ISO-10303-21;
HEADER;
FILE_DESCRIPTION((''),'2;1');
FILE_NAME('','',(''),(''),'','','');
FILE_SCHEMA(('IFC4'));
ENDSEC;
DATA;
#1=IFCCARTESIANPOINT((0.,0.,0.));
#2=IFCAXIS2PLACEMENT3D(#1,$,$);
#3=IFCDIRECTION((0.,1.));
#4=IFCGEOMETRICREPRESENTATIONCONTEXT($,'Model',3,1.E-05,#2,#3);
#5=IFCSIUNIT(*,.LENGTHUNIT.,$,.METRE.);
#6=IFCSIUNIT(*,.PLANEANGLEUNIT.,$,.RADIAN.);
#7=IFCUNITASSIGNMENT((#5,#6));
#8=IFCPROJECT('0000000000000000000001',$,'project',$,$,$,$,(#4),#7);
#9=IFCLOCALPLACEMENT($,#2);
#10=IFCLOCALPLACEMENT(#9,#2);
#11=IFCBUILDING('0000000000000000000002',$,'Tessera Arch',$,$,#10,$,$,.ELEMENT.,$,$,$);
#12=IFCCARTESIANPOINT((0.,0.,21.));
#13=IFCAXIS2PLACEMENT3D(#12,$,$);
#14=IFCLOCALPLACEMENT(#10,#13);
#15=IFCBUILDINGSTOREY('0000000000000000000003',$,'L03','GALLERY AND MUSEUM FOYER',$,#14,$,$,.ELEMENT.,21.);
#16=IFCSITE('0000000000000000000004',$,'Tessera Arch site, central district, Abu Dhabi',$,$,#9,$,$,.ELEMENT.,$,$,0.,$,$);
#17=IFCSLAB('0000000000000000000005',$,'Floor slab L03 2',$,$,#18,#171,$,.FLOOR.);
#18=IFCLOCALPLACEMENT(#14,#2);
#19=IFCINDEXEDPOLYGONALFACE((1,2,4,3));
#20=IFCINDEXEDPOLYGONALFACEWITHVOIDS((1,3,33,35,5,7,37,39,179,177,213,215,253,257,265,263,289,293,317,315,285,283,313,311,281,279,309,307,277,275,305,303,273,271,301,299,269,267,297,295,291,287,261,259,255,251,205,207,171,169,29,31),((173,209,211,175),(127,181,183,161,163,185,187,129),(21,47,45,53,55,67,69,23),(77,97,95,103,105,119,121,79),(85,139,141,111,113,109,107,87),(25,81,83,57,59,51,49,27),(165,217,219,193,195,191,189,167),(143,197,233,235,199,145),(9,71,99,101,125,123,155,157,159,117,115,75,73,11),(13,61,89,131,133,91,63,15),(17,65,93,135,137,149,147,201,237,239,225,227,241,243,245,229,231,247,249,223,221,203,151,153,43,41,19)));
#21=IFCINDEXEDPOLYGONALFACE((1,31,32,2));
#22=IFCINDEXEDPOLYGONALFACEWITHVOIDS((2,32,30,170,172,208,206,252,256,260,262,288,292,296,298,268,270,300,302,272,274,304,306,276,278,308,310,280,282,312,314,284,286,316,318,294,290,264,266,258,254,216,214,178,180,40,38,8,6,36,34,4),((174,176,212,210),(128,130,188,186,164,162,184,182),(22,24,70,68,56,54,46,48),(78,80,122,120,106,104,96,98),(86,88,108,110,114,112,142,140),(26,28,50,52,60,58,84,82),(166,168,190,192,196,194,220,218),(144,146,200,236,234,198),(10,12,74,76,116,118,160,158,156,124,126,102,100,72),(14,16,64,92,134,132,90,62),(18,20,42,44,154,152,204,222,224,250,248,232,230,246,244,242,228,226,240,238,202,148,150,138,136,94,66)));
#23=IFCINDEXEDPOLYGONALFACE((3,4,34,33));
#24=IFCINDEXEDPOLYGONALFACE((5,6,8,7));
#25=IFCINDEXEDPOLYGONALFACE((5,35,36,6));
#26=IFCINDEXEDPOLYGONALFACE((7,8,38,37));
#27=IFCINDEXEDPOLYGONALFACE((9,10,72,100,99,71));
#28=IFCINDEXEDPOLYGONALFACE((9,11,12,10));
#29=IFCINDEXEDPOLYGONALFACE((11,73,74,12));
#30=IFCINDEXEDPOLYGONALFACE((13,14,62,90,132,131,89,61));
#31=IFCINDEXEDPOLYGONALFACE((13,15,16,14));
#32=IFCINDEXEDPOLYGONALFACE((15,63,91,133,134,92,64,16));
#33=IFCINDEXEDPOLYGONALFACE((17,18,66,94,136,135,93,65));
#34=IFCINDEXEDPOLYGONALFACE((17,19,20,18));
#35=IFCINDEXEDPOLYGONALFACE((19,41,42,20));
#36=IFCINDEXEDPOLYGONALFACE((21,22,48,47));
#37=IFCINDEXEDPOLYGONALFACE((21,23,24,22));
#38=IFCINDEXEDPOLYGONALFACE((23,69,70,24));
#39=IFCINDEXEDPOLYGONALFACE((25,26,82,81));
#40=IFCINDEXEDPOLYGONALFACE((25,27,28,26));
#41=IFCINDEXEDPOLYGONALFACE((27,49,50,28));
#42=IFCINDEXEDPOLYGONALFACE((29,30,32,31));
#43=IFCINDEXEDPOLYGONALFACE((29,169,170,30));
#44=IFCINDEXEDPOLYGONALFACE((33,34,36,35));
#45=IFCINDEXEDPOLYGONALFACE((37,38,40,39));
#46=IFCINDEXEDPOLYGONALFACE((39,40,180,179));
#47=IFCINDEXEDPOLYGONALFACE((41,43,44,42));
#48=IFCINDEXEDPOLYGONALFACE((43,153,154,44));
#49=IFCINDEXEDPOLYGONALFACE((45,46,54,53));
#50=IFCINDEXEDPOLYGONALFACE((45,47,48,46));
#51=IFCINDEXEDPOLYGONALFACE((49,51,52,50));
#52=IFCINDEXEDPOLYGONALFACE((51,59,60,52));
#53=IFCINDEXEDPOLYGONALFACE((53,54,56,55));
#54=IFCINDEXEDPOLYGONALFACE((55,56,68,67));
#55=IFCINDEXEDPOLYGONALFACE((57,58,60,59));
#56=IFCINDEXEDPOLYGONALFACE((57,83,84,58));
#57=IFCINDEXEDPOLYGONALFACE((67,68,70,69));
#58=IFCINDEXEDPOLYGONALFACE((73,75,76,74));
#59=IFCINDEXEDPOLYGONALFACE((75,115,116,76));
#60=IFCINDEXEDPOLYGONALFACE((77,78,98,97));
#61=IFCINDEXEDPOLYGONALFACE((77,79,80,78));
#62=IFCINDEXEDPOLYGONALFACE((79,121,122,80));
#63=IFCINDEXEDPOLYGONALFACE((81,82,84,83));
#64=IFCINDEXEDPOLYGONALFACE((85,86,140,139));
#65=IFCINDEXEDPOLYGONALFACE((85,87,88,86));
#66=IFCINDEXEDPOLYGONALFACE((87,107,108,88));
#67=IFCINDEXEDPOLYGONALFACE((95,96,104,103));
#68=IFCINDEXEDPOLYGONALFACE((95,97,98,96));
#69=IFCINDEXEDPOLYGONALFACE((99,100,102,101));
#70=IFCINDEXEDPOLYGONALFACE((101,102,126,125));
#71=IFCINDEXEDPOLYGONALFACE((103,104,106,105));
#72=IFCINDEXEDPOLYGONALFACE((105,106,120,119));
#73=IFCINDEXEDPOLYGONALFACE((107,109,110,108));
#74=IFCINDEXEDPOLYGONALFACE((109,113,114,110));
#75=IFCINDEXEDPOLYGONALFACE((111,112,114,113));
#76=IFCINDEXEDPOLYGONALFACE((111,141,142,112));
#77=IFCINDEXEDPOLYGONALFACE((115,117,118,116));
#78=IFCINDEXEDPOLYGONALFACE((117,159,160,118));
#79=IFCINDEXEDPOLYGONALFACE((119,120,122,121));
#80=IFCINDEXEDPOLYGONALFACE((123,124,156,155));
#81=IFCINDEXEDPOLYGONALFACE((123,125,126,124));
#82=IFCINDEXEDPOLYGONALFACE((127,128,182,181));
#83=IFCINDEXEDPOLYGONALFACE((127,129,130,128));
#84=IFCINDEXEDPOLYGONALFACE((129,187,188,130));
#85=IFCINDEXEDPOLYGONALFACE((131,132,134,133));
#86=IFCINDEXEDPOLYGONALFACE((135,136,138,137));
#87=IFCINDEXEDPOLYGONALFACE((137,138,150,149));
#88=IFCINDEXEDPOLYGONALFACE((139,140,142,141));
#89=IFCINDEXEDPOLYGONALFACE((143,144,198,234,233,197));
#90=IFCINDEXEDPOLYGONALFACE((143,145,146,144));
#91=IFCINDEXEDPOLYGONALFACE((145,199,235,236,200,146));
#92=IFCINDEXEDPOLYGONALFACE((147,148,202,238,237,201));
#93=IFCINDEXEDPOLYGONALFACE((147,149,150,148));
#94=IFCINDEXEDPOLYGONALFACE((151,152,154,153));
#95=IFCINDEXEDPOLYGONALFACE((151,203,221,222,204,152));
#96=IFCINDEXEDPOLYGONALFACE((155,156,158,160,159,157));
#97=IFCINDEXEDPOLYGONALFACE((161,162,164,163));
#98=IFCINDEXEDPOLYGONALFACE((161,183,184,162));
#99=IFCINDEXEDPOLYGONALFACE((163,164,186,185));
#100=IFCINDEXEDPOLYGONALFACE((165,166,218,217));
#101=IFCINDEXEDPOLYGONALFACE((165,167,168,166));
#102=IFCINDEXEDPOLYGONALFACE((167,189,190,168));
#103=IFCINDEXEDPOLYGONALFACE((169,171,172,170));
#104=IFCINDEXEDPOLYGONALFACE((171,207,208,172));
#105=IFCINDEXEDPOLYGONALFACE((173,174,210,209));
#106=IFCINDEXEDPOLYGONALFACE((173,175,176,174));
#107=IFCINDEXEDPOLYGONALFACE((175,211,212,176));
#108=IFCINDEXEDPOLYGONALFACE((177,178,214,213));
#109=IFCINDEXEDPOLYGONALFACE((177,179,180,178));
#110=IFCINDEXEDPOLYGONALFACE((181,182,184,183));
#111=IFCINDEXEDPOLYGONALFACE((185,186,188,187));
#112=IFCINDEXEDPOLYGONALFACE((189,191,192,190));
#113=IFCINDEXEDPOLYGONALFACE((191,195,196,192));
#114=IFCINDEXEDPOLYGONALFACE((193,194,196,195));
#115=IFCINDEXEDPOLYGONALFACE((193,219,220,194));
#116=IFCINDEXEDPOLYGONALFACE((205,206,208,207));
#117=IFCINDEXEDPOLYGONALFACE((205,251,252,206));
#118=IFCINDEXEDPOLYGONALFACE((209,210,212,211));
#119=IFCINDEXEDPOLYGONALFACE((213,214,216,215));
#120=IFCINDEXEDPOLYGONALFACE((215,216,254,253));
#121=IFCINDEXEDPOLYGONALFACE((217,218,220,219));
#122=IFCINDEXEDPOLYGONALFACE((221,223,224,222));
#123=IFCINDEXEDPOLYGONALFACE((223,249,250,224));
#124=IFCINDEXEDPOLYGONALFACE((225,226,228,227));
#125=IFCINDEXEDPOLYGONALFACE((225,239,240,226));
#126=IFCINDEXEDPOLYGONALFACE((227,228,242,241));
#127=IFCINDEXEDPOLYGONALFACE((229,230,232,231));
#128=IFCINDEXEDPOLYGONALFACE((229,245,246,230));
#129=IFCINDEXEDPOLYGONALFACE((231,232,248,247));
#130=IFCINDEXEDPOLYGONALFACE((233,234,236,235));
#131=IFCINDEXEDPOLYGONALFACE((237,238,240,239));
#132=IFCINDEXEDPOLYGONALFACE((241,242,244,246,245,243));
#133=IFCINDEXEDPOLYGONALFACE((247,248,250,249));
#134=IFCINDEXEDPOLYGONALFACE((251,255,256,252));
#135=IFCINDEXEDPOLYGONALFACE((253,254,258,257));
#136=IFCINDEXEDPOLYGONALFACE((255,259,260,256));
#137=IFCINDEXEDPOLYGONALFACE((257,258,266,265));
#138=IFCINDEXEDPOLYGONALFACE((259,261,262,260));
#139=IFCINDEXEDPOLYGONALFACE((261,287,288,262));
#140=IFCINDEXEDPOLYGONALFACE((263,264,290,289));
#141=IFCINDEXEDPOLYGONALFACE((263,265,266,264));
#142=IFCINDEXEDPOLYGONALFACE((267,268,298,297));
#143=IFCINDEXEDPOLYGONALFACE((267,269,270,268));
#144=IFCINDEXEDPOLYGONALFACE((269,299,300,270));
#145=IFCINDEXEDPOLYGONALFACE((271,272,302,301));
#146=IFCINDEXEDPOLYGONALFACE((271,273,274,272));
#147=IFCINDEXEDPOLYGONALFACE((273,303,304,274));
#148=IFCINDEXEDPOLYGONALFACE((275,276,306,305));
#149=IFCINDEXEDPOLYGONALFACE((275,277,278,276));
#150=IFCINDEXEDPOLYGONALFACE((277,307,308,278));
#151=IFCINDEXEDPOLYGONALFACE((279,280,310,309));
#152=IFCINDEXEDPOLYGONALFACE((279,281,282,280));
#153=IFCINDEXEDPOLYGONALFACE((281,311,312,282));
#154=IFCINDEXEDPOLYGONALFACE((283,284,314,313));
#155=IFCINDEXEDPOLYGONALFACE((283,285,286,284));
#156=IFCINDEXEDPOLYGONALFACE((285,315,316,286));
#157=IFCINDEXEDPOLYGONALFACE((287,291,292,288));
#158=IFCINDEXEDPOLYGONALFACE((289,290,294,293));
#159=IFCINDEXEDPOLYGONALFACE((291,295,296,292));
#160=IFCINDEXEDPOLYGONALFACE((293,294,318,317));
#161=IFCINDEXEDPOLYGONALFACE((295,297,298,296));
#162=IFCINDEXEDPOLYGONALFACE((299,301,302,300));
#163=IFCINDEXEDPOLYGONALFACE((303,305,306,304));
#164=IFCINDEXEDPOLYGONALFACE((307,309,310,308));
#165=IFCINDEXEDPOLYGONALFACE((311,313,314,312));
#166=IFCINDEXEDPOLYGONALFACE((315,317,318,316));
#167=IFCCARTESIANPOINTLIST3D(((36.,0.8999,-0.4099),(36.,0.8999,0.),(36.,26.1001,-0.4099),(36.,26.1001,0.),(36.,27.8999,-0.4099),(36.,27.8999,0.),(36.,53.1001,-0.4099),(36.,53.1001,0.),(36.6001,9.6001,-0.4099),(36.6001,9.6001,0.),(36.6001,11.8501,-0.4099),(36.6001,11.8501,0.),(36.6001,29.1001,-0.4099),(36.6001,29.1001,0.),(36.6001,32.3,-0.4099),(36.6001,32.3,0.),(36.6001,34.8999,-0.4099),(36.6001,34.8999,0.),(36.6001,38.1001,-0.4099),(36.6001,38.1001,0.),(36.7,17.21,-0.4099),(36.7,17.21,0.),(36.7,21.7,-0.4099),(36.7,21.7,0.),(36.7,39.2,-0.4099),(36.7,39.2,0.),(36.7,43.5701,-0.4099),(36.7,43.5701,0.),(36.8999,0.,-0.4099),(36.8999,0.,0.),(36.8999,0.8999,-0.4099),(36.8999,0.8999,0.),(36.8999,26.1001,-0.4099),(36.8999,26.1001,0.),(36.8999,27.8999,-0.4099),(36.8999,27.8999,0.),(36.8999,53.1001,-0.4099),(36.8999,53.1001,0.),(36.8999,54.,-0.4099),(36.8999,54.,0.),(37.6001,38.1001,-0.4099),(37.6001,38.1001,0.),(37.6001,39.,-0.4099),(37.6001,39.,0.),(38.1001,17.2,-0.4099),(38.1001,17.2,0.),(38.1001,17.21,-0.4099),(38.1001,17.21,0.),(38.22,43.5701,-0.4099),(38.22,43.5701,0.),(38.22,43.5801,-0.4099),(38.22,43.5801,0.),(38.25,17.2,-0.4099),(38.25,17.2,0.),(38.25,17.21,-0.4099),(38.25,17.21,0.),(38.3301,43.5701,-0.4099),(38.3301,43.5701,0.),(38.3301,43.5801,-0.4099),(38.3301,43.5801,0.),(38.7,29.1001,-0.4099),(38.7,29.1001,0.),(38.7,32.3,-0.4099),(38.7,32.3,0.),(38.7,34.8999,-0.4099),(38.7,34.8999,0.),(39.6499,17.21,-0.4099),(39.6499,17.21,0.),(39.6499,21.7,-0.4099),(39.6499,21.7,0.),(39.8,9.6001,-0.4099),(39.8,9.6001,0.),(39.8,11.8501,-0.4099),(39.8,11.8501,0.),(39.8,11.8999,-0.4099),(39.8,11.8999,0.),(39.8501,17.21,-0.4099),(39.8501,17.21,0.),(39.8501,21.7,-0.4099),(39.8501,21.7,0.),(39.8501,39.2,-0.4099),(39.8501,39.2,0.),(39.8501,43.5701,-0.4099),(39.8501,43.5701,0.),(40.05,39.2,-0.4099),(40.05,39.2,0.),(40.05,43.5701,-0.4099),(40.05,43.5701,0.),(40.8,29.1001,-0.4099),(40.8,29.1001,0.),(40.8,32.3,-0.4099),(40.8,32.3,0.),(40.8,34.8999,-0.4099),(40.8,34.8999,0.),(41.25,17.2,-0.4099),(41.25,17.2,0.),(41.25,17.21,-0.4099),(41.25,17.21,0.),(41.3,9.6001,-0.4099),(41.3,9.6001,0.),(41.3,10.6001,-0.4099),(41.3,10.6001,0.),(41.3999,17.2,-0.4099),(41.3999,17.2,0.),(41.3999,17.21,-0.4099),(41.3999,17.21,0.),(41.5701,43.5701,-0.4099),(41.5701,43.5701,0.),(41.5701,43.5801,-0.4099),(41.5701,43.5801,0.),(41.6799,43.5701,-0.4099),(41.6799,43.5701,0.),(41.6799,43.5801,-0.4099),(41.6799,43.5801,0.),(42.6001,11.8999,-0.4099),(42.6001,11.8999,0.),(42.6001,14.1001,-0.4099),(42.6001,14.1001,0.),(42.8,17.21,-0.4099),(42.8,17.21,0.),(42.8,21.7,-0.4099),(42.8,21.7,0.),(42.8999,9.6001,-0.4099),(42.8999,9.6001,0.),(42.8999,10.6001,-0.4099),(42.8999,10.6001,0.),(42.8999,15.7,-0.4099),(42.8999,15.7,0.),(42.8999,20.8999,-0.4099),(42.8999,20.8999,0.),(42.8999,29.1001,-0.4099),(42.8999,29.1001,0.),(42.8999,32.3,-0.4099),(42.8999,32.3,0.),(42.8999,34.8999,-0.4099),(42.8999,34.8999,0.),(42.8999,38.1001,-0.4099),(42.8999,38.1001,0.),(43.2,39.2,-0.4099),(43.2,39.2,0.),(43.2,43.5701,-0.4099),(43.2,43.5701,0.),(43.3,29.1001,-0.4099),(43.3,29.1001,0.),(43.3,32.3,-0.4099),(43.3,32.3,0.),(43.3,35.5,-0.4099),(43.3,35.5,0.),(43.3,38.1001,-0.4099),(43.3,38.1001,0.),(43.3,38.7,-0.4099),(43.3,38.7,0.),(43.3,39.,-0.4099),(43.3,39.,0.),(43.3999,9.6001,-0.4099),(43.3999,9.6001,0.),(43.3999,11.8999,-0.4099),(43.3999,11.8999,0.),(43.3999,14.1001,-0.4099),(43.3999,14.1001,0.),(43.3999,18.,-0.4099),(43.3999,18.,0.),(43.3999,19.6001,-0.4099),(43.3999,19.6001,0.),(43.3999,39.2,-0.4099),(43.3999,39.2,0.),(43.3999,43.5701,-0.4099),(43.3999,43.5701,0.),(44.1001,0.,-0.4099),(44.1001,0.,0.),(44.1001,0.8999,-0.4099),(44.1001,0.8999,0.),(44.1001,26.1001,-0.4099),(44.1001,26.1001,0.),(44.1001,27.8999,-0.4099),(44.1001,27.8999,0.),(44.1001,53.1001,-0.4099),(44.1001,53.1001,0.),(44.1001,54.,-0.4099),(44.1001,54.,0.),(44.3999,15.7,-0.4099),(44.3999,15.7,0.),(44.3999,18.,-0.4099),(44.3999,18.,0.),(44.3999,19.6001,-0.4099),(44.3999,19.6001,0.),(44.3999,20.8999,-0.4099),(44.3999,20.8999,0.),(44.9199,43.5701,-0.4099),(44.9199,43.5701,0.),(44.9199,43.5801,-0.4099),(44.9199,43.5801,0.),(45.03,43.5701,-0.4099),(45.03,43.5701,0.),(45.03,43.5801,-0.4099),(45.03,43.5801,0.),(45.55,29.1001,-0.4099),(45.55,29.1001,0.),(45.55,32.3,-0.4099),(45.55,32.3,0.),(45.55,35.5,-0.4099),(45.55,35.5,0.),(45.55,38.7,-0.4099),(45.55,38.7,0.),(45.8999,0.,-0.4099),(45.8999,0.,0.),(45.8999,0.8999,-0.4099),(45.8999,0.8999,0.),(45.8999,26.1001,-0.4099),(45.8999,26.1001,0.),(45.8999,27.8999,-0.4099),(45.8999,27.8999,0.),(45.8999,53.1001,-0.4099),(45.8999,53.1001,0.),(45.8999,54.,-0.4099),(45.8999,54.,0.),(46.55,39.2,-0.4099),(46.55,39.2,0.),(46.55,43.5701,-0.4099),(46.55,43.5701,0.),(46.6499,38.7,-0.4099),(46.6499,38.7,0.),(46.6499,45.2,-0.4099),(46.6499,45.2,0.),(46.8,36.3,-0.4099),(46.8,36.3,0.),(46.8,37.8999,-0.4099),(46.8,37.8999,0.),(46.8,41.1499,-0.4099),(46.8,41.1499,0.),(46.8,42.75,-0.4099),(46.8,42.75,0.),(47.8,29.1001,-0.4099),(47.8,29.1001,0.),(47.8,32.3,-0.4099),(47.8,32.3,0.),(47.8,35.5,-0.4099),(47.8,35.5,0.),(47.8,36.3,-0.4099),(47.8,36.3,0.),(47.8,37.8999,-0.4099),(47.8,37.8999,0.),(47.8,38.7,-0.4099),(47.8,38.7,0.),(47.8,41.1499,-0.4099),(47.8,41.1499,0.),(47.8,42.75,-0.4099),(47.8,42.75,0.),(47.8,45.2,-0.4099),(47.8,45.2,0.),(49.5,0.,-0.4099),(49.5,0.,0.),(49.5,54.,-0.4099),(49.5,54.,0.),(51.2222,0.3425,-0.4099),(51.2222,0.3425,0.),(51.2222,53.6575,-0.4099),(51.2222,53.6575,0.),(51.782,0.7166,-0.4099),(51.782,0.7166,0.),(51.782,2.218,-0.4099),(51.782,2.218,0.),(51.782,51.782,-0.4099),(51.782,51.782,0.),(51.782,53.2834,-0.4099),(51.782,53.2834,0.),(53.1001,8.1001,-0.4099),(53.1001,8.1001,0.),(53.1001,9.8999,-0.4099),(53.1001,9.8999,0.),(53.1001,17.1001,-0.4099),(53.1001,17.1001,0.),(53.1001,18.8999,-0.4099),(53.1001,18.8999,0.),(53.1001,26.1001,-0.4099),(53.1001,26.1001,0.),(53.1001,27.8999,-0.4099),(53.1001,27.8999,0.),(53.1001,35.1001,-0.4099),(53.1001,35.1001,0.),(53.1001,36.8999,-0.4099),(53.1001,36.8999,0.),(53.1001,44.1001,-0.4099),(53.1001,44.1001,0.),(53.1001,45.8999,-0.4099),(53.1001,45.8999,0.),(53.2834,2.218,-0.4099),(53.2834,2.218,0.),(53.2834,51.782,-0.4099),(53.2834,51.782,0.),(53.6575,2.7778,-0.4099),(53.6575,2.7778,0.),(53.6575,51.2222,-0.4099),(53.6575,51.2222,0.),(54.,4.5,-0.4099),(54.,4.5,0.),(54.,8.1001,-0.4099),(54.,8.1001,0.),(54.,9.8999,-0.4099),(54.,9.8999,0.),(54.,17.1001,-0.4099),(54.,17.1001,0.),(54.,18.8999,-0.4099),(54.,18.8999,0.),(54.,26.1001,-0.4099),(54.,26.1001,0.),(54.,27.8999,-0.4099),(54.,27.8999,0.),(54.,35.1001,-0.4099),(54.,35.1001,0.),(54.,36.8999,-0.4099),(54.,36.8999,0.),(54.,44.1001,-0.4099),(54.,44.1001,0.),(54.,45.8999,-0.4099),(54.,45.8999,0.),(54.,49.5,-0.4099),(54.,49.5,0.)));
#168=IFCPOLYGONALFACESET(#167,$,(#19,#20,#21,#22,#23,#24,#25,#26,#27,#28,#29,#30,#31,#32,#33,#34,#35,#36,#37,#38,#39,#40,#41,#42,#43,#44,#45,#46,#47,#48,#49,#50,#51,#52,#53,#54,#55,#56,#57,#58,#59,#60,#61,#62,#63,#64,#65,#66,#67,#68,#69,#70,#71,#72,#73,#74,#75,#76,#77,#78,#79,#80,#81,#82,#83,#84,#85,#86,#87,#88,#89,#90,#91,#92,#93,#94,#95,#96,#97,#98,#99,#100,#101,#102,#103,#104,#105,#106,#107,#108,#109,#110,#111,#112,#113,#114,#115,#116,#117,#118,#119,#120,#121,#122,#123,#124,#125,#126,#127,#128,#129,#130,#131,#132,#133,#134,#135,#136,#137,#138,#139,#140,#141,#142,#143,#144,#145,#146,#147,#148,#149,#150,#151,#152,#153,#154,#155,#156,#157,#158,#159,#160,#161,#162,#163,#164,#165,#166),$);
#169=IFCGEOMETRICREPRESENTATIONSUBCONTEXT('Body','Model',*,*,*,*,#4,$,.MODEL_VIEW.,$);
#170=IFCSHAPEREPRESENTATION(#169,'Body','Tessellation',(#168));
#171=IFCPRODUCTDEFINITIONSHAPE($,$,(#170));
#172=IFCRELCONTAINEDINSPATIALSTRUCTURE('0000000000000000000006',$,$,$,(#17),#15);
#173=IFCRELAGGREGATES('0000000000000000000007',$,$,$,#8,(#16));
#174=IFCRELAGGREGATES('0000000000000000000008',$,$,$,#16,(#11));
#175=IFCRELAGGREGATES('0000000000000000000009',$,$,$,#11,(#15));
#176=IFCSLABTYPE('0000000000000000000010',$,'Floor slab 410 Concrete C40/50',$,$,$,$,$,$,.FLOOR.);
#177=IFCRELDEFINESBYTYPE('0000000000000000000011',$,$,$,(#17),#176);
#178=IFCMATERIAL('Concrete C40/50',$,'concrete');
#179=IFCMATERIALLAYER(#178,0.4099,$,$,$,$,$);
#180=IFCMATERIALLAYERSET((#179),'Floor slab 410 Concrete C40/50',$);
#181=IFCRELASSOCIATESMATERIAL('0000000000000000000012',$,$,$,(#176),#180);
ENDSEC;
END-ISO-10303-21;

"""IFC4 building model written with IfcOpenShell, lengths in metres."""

from ifc_helpers import new_model, si_unit, direction, frame, origin, place, context, subcontext, project, spatial, polyline, outline, extrude, material, layer, layer_set, type_object, element, save


model = new_model("IFC4")

# Units and contexts
model_context = context("Model", 3, precision=1e-05, world=origin(), true_north=direction((0.0, 1.0)))
body_context = subcontext(model_context, "Body", "Model", "MODEL_VIEW")
ifc_project = project(units=[si_unit("LENGTHUNIT", "METRE"), si_unit("PLANEANGLEUNIT", "RADIAN")], contexts=[model_context])

# Site, building, storey
site_placement = place(None, origin())
site = spatial("IfcSite", under=ifc_project, at=site_placement, Name="Tessera Arch site, central district, Abu Dhabi", CompositionType="ELEMENT", RefElevation=0.0)
building_placement = place(site_placement, origin())
building = spatial("IfcBuilding", under=site, at=building_placement, Name="Tessera Arch", CompositionType="ELEMENT")
storey_placement = place(building_placement, frame((0.0, 0.0, 21.0)))
storey = spatial("IfcBuildingStorey", under=building, at=storey_placement, Name="L03", Description="GALLERY AND MUSEUM FOYER", CompositionType="ELEMENT", Elevation=21.0)

# Slab
ifc_material_1 = material(Name="Concrete C40/50", Category="concrete")
ifc_layer_1 = layer(ifc_material_1, 0.4099)
ifc_layer_set_1 = layer_set([ifc_layer_1], Name="Floor slab 410 Concrete C40/50")
slab_type = type_object("IfcSlabType", Name="Floor slab 410 Concrete C40/50", PredefinedType="FLOOR", material=ifc_layer_set_1)
slab_1_placement = place(storey_placement, frame((0.0, 0.0, -0.4099)))
element("IfcSlab", 1, at=slab_1_placement, inside=storey, type_object=slab_type, Name="Floor slab L03 2", PredefinedType="FLOOR", context=body_context, shape_type="SweptSolid", body=[
    extrude(outline(polyline([(53.2834, 2.218), (51.782, 2.218), (51.782, 0.7166), (51.2222, 0.3425), (49.5, 0.0), (45.8999, 0.0), (45.8999, 0.8999), (44.1001, 0.8999), (44.1001, 0.0), (36.8999, 0.0), (36.8999, 0.8999), (36.0, 0.8999), (36.0, 26.1001), (36.8999, 26.1001), (36.8999, 27.8999), (36.0, 27.8999), (36.0, 53.1001), (36.8999, 53.1001), (36.8999, 54.0), (44.1001, 54.0), (44.1001, 53.1001), (45.8999, 53.1001), (45.8999, 54.0), (49.5, 54.0), (51.2222, 53.6575), (51.782, 53.2834), (51.782, 51.782), (53.2834, 51.782), (53.6575, 51.2222), (54.0, 49.5), (54.0, 45.8999), (53.1001, 45.8999), (53.1001, 44.1001), (54.0, 44.1001), (54.0, 36.8999), (53.1001, 36.8999), (53.1001, 35.1001), (54.0, 35.1001), (54.0, 27.8999), (53.1001, 27.8999), (53.1001, 26.1001), (54.0, 26.1001), (54.0, 18.8999), (53.1001, 18.8999), (53.1001, 17.1001), (54.0, 17.1001), (54.0, 9.8999), (53.1001, 9.8999), (53.1001, 8.1001), (54.0, 8.1001), (54.0, 4.5), (53.6575, 2.7778), (53.2834, 2.218)]), holes=[polyline([(38.1001, 17.2), (38.25, 17.2), (38.25, 17.21), (39.6499, 17.21), (39.6499, 21.7), (36.7, 21.7), (36.7, 17.21), (38.1001, 17.21), (38.1001, 17.2)]), polyline([(38.7, 29.1001), (40.8, 29.1001), (42.8999, 29.1001), (42.8999, 32.3), (40.8, 32.3), (38.7, 32.3), (36.6001, 32.3), (36.6001, 29.1001), (38.7, 29.1001)]), polyline([(36.6001, 38.1001), (36.6001, 34.8999), (38.7, 34.8999), (40.8, 34.8999), (42.8999, 34.8999), (42.8999, 38.1001), (43.3, 38.1001), (43.3, 35.5), (45.55, 35.5), (47.8, 35.5), (47.8, 36.3), (46.8, 36.3), (46.8, 37.8999), (47.8, 37.8999), (47.8, 38.7), (47.8, 41.1499), (46.8, 41.1499), (46.8, 42.75), (47.8, 42.75), (47.8, 45.2), (46.6499, 45.2), (46.6499, 38.7), (45.55, 38.7), (43.3, 38.7), (43.3, 39.0), (37.6001, 39.0), (37.6001, 38.1001), (36.6001, 38.1001)]), polyline([(39.8, 11.8999), (39.8, 11.8501), (36.6001, 11.8501), (36.6001, 9.6001), (39.8, 9.6001), (41.3, 9.6001), (41.3, 10.6001), (42.8999, 10.6001), (42.8999, 9.6001), (43.3999, 9.6001), (43.3999, 11.8999), (43.3999, 14.1001), (42.6001, 14.1001), (42.6001, 11.8999), (39.8, 11.8999)]), polyline([(42.8999, 15.7), (44.3999, 15.7), (44.3999, 18.0), (43.3999, 18.0), (43.3999, 19.6001), (44.3999, 19.6001), (44.3999, 20.8999), (42.8999, 20.8999), (42.8999, 15.7)]), polyline([(41.25, 17.2), (41.3999, 17.2), (41.3999, 17.21), (42.8, 17.21), (42.8, 21.7), (39.8501, 21.7), (39.8501, 17.21), (41.25, 17.21), (41.25, 17.2)]), polyline([(44.1001, 27.8999), (44.1001, 26.1001), (45.8999, 26.1001), (45.8999, 27.8999), (44.1001, 27.8999)]), polyline([(45.55, 29.1001), (47.8, 29.1001), (47.8, 32.3), (45.55, 32.3), (43.3, 32.3), (43.3, 29.1001), (45.55, 29.1001)]), polyline([(38.3301, 43.5701), (38.3301, 43.5801), (38.22, 43.5801), (38.22, 43.5701), (36.7, 43.5701), (36.7, 39.2), (39.8501, 39.2), (39.8501, 43.5701), (38.3301, 43.5701)]), polyline([(45.03, 43.5801), (44.9199, 43.5801), (44.9199, 43.5701), (43.3999, 43.5701), (43.3999, 39.2), (46.55, 39.2), (46.55, 43.5701), (45.03, 43.5701), (45.03, 43.5801)]), polyline([(41.6799, 43.5701), (41.6799, 43.5801), (41.5701, 43.5801), (41.5701, 43.5701), (40.05, 43.5701), (40.05, 39.2), (43.2, 39.2), (43.2, 43.5701), (41.6799, 43.5701)])]), origin(), (0.0, 0.0, 1.0), 0.4099),
])

save(model, "model.ifc")
